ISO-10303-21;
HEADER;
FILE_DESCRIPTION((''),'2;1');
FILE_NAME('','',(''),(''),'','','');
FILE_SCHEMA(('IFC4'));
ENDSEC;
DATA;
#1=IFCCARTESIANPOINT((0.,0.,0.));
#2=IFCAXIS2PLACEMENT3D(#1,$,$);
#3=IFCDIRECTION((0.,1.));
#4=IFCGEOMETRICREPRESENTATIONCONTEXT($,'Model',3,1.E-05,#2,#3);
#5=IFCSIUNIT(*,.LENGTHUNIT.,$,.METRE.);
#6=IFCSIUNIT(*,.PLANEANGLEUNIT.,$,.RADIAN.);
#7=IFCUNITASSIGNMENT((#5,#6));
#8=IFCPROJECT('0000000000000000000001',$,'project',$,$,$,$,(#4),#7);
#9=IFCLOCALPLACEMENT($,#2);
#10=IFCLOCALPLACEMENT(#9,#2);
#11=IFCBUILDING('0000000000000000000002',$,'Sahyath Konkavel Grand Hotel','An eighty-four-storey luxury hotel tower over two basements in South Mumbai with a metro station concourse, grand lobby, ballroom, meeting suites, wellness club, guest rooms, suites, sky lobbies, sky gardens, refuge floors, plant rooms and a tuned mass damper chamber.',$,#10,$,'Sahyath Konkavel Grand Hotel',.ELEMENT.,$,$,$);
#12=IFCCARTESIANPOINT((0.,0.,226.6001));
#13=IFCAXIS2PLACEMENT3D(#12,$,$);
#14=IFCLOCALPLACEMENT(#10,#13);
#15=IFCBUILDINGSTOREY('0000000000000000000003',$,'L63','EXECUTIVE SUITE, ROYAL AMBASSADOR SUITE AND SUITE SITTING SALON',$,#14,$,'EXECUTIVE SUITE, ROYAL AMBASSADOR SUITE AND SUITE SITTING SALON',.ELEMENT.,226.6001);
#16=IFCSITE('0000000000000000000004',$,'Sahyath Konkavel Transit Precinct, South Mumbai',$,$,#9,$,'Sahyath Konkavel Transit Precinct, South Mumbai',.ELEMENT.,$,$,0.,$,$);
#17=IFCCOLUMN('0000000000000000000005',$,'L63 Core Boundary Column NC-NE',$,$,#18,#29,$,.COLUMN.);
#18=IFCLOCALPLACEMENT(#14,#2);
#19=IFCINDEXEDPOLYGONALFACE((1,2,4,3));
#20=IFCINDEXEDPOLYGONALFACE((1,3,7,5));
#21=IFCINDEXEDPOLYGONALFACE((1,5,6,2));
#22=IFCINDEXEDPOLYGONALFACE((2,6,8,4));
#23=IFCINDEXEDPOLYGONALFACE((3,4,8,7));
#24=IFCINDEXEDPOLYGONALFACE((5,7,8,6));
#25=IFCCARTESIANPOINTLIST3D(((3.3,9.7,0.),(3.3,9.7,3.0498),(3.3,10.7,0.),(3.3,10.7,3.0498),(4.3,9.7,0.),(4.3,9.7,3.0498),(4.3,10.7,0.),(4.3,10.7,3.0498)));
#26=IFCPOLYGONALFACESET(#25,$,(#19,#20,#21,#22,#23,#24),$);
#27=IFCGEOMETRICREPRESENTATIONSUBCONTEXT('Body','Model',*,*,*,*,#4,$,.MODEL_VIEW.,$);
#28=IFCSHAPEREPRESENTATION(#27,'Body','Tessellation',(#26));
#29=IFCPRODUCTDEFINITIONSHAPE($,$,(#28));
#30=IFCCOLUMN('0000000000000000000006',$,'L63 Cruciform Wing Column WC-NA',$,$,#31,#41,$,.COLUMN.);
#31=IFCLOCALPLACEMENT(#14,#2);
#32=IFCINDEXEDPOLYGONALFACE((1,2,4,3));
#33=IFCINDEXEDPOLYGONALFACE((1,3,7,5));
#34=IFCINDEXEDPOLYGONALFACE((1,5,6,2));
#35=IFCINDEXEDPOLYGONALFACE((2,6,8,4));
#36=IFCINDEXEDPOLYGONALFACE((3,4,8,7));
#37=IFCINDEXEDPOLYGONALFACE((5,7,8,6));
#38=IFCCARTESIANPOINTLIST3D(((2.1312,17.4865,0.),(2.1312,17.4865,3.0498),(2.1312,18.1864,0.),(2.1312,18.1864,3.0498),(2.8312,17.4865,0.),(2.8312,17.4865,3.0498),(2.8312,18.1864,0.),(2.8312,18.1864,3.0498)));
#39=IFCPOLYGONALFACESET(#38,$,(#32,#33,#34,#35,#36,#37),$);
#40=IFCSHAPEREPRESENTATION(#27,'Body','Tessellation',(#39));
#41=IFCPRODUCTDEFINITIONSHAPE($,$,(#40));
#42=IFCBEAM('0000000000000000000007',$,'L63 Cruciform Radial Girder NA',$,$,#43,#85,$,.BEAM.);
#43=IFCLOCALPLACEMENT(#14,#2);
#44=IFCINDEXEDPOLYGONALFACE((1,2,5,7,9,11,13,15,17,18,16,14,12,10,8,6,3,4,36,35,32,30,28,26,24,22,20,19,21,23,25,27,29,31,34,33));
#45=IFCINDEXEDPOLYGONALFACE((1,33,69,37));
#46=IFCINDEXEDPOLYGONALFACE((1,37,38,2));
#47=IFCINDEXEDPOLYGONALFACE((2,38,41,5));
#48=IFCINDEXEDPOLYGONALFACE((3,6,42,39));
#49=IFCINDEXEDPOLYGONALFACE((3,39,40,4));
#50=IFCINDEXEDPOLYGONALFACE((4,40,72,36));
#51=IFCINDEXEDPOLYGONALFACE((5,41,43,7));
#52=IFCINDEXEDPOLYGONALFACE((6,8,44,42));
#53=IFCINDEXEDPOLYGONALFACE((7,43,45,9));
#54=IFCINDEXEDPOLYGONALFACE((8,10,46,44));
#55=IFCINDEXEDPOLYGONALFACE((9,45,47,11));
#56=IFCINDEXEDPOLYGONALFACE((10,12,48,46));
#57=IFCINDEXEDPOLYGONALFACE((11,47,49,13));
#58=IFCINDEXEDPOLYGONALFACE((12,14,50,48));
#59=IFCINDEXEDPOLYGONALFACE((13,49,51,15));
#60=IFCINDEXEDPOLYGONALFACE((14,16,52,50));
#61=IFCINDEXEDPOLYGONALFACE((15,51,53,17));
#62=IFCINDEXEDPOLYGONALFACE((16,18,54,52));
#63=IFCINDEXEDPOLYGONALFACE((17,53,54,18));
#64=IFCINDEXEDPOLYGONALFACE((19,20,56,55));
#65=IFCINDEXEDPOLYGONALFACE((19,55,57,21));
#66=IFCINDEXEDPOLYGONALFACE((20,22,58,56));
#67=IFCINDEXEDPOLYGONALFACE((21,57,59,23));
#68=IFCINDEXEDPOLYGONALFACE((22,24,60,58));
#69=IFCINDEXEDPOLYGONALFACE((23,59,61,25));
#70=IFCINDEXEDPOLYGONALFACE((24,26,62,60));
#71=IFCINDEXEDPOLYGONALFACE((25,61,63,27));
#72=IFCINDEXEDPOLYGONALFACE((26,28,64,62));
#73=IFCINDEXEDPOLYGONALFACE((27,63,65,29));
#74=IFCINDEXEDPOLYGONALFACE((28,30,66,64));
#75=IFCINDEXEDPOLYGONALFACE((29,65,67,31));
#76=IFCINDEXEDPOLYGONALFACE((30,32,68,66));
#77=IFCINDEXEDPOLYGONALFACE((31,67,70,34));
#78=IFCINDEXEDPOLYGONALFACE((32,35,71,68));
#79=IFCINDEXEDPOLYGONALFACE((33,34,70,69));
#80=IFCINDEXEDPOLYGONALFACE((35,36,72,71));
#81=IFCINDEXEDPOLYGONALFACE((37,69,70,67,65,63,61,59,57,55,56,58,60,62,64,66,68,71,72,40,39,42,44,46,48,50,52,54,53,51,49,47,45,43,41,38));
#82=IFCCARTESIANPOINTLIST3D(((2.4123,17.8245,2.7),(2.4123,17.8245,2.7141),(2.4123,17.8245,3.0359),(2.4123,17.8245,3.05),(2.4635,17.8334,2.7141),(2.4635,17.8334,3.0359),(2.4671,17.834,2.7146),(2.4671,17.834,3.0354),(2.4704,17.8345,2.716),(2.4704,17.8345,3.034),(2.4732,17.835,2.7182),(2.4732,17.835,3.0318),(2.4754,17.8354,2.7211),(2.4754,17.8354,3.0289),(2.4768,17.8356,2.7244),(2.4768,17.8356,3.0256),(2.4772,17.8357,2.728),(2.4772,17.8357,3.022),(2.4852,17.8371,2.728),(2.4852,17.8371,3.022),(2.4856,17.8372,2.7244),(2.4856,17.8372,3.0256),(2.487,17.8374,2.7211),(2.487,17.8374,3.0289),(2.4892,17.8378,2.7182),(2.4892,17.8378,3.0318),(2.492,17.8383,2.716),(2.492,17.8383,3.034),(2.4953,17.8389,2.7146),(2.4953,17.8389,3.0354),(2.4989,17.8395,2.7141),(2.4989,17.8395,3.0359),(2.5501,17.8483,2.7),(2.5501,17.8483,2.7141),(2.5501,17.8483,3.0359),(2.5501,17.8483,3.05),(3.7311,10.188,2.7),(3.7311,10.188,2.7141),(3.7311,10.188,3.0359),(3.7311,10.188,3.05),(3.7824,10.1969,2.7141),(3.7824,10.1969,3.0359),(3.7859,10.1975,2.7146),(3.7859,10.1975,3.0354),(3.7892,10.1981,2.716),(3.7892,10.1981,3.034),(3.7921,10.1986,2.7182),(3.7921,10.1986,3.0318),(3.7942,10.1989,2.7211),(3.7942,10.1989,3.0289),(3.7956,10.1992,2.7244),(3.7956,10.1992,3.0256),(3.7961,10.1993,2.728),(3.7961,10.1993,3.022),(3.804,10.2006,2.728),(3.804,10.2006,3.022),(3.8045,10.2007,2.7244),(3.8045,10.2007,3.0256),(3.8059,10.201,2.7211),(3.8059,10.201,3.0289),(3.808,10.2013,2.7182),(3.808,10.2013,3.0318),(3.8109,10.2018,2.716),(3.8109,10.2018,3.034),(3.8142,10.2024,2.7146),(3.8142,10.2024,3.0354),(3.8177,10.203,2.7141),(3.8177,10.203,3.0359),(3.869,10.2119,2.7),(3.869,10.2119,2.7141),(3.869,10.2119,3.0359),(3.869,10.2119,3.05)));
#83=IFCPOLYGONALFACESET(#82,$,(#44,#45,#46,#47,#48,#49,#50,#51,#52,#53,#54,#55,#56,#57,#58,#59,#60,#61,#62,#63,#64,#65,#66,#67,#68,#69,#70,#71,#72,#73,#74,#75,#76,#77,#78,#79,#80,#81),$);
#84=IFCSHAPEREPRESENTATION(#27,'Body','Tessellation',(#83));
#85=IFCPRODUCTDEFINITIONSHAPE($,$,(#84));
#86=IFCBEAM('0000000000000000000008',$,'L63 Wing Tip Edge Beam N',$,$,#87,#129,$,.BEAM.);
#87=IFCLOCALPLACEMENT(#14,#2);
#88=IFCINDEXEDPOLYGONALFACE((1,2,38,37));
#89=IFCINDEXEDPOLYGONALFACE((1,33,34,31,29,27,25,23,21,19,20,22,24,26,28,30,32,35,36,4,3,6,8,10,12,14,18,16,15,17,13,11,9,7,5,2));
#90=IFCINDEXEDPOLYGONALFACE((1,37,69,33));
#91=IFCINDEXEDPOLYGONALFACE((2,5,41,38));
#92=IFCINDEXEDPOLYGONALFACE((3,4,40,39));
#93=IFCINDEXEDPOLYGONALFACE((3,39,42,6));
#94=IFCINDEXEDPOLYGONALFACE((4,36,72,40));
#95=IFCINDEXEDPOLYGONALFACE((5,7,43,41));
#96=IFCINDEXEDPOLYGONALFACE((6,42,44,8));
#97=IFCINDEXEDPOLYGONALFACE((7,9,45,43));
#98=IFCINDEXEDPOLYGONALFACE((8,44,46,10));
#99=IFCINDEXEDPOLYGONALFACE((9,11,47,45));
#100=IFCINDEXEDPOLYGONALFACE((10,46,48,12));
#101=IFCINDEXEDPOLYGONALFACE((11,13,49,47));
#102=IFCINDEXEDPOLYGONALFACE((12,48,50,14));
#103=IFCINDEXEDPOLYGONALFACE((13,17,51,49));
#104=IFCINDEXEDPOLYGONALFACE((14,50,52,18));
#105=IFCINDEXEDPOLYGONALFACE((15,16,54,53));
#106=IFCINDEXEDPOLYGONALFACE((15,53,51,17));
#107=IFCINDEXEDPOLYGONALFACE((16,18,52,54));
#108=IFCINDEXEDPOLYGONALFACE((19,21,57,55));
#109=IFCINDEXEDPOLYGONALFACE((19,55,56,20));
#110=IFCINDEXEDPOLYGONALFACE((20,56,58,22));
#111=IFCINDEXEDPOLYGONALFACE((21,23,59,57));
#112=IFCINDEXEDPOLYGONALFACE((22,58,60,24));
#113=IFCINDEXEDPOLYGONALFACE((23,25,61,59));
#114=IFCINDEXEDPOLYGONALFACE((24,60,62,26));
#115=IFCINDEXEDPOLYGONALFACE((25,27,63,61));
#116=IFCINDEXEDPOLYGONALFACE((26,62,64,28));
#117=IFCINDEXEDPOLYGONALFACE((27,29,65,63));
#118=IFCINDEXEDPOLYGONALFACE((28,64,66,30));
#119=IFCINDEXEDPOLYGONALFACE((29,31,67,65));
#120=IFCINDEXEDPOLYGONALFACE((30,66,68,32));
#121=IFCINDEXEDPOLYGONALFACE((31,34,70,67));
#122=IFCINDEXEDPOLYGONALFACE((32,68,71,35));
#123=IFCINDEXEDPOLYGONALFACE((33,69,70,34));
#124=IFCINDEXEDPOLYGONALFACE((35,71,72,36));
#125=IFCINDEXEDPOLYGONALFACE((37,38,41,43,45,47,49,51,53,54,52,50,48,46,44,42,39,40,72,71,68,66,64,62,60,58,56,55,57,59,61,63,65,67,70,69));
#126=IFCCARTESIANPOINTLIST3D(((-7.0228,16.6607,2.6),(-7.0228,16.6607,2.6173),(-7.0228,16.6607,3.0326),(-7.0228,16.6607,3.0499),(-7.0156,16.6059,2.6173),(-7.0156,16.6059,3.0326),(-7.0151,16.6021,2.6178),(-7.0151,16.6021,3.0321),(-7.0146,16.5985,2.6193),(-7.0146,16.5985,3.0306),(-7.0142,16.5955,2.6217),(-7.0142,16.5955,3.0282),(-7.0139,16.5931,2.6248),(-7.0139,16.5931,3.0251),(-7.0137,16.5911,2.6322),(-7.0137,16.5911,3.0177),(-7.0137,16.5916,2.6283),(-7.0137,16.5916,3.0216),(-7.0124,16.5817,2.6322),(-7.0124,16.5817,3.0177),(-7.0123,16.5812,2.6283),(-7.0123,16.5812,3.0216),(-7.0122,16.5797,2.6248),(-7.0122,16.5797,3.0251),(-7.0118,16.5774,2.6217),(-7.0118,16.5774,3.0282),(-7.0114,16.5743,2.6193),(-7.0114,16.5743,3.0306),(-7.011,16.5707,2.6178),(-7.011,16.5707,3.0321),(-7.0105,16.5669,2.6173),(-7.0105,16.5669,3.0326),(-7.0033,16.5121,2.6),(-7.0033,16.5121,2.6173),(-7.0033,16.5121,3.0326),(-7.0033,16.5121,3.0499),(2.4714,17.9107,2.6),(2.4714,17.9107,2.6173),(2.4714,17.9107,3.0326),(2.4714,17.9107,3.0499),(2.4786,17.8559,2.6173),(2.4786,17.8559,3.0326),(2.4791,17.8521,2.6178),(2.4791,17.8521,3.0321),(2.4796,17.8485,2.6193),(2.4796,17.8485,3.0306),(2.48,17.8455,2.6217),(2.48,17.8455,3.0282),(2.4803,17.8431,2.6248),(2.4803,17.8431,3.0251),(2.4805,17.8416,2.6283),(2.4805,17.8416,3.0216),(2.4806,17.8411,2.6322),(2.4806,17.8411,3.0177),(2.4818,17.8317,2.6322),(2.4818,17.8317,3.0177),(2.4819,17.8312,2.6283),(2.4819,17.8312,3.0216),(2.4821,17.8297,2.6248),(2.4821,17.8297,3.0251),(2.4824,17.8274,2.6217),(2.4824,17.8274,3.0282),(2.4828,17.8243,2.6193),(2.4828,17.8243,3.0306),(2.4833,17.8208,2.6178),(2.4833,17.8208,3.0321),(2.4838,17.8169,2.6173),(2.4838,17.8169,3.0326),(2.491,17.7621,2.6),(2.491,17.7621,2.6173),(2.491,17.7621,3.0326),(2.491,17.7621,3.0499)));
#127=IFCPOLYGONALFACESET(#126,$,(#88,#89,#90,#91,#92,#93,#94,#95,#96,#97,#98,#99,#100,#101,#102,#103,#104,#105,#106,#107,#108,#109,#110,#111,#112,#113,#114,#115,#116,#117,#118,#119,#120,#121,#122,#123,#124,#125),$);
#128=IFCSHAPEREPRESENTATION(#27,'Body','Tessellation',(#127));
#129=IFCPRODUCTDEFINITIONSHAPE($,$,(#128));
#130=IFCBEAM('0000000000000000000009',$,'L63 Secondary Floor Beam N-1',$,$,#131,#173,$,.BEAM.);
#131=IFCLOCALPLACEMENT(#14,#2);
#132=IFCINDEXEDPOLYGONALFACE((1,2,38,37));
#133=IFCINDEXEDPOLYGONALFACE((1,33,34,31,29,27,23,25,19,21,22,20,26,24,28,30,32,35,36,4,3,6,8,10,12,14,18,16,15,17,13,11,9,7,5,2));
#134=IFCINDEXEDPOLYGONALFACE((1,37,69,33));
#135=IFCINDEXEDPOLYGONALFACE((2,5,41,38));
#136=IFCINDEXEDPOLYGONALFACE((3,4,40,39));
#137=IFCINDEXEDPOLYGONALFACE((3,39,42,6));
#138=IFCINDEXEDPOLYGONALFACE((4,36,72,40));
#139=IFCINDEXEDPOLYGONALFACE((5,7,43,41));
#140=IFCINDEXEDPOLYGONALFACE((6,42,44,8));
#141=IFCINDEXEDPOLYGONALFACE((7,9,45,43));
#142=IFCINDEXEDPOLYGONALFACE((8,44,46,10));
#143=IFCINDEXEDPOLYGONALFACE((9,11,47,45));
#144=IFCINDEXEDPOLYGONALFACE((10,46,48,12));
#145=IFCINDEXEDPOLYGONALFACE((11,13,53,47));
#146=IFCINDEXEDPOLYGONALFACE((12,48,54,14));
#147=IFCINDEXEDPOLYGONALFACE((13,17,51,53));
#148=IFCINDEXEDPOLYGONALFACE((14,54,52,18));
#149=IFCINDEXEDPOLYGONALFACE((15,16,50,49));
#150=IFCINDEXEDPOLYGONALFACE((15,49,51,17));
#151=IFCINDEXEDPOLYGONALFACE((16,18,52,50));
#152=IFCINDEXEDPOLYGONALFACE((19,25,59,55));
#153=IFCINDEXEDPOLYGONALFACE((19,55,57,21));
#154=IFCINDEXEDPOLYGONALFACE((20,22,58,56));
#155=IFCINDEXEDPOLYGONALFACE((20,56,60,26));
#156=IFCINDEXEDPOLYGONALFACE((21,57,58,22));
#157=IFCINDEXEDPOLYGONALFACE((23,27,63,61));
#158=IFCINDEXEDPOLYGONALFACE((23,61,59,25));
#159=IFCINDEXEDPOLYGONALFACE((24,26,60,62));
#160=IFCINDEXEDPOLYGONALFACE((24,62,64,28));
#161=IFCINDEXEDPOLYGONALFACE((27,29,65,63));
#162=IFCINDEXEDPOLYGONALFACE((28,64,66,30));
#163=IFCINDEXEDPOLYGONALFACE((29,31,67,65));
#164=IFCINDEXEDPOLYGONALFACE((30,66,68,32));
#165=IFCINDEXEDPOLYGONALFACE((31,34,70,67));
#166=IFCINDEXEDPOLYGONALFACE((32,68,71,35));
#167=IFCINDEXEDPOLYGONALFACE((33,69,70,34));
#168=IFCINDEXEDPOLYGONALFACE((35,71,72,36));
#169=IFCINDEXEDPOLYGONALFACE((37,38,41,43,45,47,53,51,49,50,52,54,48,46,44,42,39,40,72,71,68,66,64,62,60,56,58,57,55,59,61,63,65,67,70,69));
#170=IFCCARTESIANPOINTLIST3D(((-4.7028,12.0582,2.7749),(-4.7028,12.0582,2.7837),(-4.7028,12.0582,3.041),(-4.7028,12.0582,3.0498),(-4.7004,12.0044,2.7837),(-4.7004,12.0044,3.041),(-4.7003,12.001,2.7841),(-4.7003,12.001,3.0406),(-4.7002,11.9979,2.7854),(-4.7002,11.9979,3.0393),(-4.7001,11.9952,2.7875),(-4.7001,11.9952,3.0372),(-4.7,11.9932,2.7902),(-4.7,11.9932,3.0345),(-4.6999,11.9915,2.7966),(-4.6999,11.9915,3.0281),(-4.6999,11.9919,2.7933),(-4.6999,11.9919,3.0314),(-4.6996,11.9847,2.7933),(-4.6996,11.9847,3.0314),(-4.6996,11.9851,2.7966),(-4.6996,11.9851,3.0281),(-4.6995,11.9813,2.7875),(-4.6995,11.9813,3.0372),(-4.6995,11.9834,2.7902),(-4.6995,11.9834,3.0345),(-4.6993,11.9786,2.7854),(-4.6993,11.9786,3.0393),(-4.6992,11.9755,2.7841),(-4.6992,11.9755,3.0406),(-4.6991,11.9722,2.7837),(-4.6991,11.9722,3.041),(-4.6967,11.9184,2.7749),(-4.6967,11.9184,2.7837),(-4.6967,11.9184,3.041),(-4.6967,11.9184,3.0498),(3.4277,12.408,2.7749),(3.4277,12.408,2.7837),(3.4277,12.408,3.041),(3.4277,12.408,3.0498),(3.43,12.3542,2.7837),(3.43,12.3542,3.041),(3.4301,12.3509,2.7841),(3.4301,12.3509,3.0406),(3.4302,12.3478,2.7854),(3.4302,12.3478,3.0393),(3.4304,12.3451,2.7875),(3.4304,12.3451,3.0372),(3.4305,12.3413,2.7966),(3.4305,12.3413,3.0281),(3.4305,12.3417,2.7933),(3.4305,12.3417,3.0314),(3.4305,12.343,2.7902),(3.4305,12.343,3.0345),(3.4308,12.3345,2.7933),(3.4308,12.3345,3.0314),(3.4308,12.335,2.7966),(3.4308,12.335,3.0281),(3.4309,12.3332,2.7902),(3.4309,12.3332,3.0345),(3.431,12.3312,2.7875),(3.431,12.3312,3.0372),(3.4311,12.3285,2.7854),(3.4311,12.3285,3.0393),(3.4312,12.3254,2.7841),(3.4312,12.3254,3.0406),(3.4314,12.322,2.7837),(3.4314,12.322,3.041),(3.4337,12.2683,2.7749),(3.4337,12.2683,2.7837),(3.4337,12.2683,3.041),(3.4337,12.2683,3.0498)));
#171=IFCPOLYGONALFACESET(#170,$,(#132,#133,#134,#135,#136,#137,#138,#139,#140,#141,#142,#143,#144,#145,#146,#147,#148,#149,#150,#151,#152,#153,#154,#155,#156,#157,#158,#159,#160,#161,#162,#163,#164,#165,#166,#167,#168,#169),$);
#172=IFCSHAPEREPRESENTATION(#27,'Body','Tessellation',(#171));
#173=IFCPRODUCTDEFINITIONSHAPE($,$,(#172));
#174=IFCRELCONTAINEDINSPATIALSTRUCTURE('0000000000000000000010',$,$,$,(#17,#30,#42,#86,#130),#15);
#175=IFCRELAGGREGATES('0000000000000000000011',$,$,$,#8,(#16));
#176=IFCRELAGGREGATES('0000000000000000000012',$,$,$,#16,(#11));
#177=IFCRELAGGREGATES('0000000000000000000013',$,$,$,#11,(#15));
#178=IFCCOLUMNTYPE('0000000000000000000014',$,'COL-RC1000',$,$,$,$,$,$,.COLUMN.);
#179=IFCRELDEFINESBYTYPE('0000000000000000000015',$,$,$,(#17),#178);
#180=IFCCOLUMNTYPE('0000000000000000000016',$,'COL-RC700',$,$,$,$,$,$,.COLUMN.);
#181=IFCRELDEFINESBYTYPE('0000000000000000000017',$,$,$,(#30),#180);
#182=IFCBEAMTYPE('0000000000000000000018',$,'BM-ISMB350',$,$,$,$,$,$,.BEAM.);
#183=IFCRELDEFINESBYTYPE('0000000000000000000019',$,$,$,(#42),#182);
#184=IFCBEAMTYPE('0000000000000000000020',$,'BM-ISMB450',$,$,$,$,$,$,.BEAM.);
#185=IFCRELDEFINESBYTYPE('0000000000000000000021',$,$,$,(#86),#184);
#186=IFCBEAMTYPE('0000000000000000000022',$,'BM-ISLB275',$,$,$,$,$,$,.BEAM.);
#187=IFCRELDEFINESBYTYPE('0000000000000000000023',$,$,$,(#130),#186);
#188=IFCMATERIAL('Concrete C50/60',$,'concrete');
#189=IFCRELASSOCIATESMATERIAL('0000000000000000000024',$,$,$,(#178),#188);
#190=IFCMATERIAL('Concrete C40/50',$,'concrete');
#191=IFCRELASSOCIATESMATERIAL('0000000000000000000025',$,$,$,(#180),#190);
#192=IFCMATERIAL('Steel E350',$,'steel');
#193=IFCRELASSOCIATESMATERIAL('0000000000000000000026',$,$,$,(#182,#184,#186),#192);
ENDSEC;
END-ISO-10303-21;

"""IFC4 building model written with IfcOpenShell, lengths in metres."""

from ifc_helpers import new_model, si_unit, direction, frame, origin, origin_2d, place, context, subcontext, project, spatial, rectangle, i_section, extrude, source, transform, mapped, material, material_profile, profile_set, type_object, element, save


model = new_model("IFC4")

# Units and contexts
model_context = context("Model", 3, precision=1e-05, world=origin(), true_north=direction((0.0, 1.0)))
body_context = subcontext(model_context, "Body", "Model", "MODEL_VIEW")
ifc_project = project(units=[si_unit("LENGTHUNIT", "METRE"), si_unit("PLANEANGLEUNIT", "RADIAN")], contexts=[model_context])

# Site, building, storey
site_placement = place(None, origin())
site = spatial("IfcSite", under=ifc_project, at=site_placement, Name="Sahyath Konkavel Transit Precinct, South Mumbai", LongName="Sahyath Konkavel Transit Precinct, South Mumbai", CompositionType="ELEMENT", RefElevation=0.0)
building_placement = place(site_placement, origin())
building = spatial("IfcBuilding", under=site, at=building_placement, Name="Sahyath Konkavel Grand Hotel", Description="An eighty-four-storey luxury hotel tower over two basements in South Mumbai with a metro station concourse, grand lobby, ballroom, meeting suites, wellness club, guest rooms, suites, sky lobbies, sky gardens, refuge floors, plant rooms and a tuned mass damper chamber.", LongName="Sahyath Konkavel Grand Hotel", CompositionType="ELEMENT")
storey_placement = place(building_placement, frame((0.0, 0.0, 226.6001)))
storey = spatial("IfcBuildingStorey", under=building, at=storey_placement, Name="L63", Description="EXECUTIVE SUITE, ROYAL AMBASSADOR SUITE AND SUITE SITTING SALON", LongName="EXECUTIVE SUITE, ROYAL AMBASSADOR SUITE AND SUITE SITTING SALON", CompositionType="ELEMENT", Elevation=226.6001)

# Columns
ifc_material_1 = material(Name="Concrete C50/60", Category="concrete")
ifc_material_profile_1 = material_profile(ifc_material_1, rectangle(XDim=1.0, YDim=1.0, at=origin_2d()), Name="RC 1000x1000")
ifc_profile_set_1 = profile_set([ifc_material_profile_1], Name="Concrete C50/60")
column_type_1 = type_object("IfcColumnType", Name="COL-RC1000", PredefinedType="COLUMN", material=ifc_profile_set_1)
shared_shape_1 = source(origin(), body_context, "Body", "SweptSolid", [
    extrude(rectangle(XDim=1.0, YDim=1.0, at=origin_2d()), origin(), (0.0, 0.0, 1.0), 3.0498),
])
column_1_placement = place(storey_placement, frame((3.8, 10.2, 0.0), z_axis=(0.0, 0.0, 1.0), x_axis=(1.0, 0.0, 0.0)))
element("IfcColumn", 1, at=column_1_placement, inside=storey, type_object=column_type_1, Name="L63 Core Boundary Column NC-NE", PredefinedType="COLUMN", context=body_context, shape_type="MappedRepresentation", body=[
    mapped(shared_shape_1, transform((0.0, 0.0, 0.0), scale=1.0)),
])
ifc_material_2 = material(Name="Concrete C40/50", Category="concrete")
ifc_material_profile_2 = material_profile(ifc_material_2, rectangle(XDim=0.7, YDim=0.7, at=origin_2d()), Name="RC 700x700")
ifc_profile_set_2 = profile_set([ifc_material_profile_2], Name="Concrete C40/50")
column_type_2 = type_object("IfcColumnType", Name="COL-RC700", PredefinedType="COLUMN", material=ifc_profile_set_2)
shared_shape_2 = source(origin(), body_context, "Body", "SweptSolid", [
    extrude(rectangle(XDim=0.7, YDim=0.7, at=origin_2d()), origin(), (0.0, 0.0, 1.0), 3.0498),
])
column_2_placement = place(storey_placement, frame((2.4812, 17.8364, 0.0), z_axis=(0.0, 0.0, 1.0), x_axis=(1.0, 0.0, 0.0)))
element("IfcColumn", 2, at=column_2_placement, inside=storey, type_object=column_type_2, Name="L63 Cruciform Wing Column WC-NA", PredefinedType="COLUMN", context=body_context, shape_type="MappedRepresentation", body=[
    mapped(shared_shape_2, transform((0.0, 0.0, 0.0), scale=1.0)),
])

# Beams
ifc_material_3 = material(Name="Steel E350", Category="steel")
ifc_material_profile_3 = material_profile(ifc_material_3, i_section(OverallWidth=0.1399, OverallDepth=0.3501, WebThickness=0.0081, FlangeThickness=0.0142, FilletRadius=0.0139, at=origin_2d()), Name="ISMB 350")
ifc_profile_set_3 = profile_set([ifc_material_profile_3], Name="Steel E350")
beam_type_1 = type_object("IfcBeamType", Name="BM-ISMB350", PredefinedType="BEAM", material=ifc_profile_set_3)
shared_shape_3 = source(origin(), body_context, "Body", "SweptSolid", [
    extrude(i_section(OverallWidth=0.1399, OverallDepth=0.3501, WebThickness=0.0081, FlangeThickness=0.0142, FilletRadius=0.0139, at=origin_2d()), origin(), (0.0, 0.0, 1.0), 7.7495),
])
beam_1_placement = place(storey_placement, frame((3.8, 10.2, 2.875), z_axis=(-0.170184, 0.985412, 0.0), x_axis=(-0.985412, -0.170184, 0.0)))
element("IfcBeam", 3, at=beam_1_placement, inside=storey, type_object=beam_type_1, Name="L63 Cruciform Radial Girder NA", PredefinedType="BEAM", context=body_context, shape_type="MappedRepresentation", body=[
    mapped(shared_shape_3, transform((0.0, 0.0, 0.0), scale=1.0)),
])
ifc_material_profile_4 = material_profile(ifc_material_3, i_section(OverallWidth=0.1499, OverallDepth=0.45, WebThickness=0.0095, FlangeThickness=0.0173, FilletRadius=0.0149, at=origin_2d()), Name="ISMB 450")
ifc_profile_set_4 = profile_set([ifc_material_profile_4], Name="Steel E350")
beam_type_2 = type_object("IfcBeamType", Name="BM-ISMB450", PredefinedType="BEAM", material=ifc_profile_set_4)
shared_shape_4 = source(origin(), body_context, "Body", "SweptSolid", [
    extrude(i_section(OverallWidth=0.1499, OverallDepth=0.45, WebThickness=0.0095, FlangeThickness=0.0173, FilletRadius=0.0149, at=origin_2d()), origin(), (0.0, 0.0, 1.0), 9.5762),
])
beam_2_placement = place(storey_placement, frame((2.4812, 17.8364, 2.825), z_axis=(-0.991444, -0.130534, 0.0), x_axis=(0.130534, -0.991444, 0.0)))
element("IfcBeam", 4, at=beam_2_placement, inside=storey, type_object=beam_type_2, Name="L63 Wing Tip Edge Beam N", PredefinedType="BEAM", context=body_context, shape_type="MappedRepresentation", body=[
    mapped(shared_shape_4, transform((0.0, 0.0, 0.0), scale=1.0)),
])
ifc_material_profile_5 = material_profile(ifc_material_3, i_section(OverallWidth=0.1399, OverallDepth=0.2749, WebThickness=0.0063, FlangeThickness=0.0088, FilletRadius=0.0129, at=origin_2d()), Name="ISLB 275")
ifc_profile_set_5 = profile_set([ifc_material_profile_5], Name="Steel E350")
beam_type_3 = type_object("IfcBeamType", Name="BM-ISLB275", PredefinedType="BEAM", material=ifc_profile_set_5)
shared_shape_5 = source(origin(), body_context, "Body", "SweptSolid", [
    extrude(i_section(OverallWidth=0.1399, OverallDepth=0.2749, WebThickness=0.0063, FlangeThickness=0.0088, FilletRadius=0.0129, at=origin_2d()), origin(), (0.0, 0.0, 1.0), 8.1379),
])
beam_3_placement = place(storey_placement, frame((3.4307, 12.3381, 2.9124), z_axis=(-0.999075, -0.042991, 0.0), x_axis=(0.042991, -0.999075, 0.0)))
element("IfcBeam", 5, at=beam_3_placement, inside=storey, type_object=beam_type_3, Name="L63 Secondary Floor Beam N-1", PredefinedType="BEAM", context=body_context, shape_type="MappedRepresentation", body=[
    mapped(shared_shape_5, transform((0.0, 0.0, 0.0), scale=1.0)),
])

save(model, "model.ifc")
